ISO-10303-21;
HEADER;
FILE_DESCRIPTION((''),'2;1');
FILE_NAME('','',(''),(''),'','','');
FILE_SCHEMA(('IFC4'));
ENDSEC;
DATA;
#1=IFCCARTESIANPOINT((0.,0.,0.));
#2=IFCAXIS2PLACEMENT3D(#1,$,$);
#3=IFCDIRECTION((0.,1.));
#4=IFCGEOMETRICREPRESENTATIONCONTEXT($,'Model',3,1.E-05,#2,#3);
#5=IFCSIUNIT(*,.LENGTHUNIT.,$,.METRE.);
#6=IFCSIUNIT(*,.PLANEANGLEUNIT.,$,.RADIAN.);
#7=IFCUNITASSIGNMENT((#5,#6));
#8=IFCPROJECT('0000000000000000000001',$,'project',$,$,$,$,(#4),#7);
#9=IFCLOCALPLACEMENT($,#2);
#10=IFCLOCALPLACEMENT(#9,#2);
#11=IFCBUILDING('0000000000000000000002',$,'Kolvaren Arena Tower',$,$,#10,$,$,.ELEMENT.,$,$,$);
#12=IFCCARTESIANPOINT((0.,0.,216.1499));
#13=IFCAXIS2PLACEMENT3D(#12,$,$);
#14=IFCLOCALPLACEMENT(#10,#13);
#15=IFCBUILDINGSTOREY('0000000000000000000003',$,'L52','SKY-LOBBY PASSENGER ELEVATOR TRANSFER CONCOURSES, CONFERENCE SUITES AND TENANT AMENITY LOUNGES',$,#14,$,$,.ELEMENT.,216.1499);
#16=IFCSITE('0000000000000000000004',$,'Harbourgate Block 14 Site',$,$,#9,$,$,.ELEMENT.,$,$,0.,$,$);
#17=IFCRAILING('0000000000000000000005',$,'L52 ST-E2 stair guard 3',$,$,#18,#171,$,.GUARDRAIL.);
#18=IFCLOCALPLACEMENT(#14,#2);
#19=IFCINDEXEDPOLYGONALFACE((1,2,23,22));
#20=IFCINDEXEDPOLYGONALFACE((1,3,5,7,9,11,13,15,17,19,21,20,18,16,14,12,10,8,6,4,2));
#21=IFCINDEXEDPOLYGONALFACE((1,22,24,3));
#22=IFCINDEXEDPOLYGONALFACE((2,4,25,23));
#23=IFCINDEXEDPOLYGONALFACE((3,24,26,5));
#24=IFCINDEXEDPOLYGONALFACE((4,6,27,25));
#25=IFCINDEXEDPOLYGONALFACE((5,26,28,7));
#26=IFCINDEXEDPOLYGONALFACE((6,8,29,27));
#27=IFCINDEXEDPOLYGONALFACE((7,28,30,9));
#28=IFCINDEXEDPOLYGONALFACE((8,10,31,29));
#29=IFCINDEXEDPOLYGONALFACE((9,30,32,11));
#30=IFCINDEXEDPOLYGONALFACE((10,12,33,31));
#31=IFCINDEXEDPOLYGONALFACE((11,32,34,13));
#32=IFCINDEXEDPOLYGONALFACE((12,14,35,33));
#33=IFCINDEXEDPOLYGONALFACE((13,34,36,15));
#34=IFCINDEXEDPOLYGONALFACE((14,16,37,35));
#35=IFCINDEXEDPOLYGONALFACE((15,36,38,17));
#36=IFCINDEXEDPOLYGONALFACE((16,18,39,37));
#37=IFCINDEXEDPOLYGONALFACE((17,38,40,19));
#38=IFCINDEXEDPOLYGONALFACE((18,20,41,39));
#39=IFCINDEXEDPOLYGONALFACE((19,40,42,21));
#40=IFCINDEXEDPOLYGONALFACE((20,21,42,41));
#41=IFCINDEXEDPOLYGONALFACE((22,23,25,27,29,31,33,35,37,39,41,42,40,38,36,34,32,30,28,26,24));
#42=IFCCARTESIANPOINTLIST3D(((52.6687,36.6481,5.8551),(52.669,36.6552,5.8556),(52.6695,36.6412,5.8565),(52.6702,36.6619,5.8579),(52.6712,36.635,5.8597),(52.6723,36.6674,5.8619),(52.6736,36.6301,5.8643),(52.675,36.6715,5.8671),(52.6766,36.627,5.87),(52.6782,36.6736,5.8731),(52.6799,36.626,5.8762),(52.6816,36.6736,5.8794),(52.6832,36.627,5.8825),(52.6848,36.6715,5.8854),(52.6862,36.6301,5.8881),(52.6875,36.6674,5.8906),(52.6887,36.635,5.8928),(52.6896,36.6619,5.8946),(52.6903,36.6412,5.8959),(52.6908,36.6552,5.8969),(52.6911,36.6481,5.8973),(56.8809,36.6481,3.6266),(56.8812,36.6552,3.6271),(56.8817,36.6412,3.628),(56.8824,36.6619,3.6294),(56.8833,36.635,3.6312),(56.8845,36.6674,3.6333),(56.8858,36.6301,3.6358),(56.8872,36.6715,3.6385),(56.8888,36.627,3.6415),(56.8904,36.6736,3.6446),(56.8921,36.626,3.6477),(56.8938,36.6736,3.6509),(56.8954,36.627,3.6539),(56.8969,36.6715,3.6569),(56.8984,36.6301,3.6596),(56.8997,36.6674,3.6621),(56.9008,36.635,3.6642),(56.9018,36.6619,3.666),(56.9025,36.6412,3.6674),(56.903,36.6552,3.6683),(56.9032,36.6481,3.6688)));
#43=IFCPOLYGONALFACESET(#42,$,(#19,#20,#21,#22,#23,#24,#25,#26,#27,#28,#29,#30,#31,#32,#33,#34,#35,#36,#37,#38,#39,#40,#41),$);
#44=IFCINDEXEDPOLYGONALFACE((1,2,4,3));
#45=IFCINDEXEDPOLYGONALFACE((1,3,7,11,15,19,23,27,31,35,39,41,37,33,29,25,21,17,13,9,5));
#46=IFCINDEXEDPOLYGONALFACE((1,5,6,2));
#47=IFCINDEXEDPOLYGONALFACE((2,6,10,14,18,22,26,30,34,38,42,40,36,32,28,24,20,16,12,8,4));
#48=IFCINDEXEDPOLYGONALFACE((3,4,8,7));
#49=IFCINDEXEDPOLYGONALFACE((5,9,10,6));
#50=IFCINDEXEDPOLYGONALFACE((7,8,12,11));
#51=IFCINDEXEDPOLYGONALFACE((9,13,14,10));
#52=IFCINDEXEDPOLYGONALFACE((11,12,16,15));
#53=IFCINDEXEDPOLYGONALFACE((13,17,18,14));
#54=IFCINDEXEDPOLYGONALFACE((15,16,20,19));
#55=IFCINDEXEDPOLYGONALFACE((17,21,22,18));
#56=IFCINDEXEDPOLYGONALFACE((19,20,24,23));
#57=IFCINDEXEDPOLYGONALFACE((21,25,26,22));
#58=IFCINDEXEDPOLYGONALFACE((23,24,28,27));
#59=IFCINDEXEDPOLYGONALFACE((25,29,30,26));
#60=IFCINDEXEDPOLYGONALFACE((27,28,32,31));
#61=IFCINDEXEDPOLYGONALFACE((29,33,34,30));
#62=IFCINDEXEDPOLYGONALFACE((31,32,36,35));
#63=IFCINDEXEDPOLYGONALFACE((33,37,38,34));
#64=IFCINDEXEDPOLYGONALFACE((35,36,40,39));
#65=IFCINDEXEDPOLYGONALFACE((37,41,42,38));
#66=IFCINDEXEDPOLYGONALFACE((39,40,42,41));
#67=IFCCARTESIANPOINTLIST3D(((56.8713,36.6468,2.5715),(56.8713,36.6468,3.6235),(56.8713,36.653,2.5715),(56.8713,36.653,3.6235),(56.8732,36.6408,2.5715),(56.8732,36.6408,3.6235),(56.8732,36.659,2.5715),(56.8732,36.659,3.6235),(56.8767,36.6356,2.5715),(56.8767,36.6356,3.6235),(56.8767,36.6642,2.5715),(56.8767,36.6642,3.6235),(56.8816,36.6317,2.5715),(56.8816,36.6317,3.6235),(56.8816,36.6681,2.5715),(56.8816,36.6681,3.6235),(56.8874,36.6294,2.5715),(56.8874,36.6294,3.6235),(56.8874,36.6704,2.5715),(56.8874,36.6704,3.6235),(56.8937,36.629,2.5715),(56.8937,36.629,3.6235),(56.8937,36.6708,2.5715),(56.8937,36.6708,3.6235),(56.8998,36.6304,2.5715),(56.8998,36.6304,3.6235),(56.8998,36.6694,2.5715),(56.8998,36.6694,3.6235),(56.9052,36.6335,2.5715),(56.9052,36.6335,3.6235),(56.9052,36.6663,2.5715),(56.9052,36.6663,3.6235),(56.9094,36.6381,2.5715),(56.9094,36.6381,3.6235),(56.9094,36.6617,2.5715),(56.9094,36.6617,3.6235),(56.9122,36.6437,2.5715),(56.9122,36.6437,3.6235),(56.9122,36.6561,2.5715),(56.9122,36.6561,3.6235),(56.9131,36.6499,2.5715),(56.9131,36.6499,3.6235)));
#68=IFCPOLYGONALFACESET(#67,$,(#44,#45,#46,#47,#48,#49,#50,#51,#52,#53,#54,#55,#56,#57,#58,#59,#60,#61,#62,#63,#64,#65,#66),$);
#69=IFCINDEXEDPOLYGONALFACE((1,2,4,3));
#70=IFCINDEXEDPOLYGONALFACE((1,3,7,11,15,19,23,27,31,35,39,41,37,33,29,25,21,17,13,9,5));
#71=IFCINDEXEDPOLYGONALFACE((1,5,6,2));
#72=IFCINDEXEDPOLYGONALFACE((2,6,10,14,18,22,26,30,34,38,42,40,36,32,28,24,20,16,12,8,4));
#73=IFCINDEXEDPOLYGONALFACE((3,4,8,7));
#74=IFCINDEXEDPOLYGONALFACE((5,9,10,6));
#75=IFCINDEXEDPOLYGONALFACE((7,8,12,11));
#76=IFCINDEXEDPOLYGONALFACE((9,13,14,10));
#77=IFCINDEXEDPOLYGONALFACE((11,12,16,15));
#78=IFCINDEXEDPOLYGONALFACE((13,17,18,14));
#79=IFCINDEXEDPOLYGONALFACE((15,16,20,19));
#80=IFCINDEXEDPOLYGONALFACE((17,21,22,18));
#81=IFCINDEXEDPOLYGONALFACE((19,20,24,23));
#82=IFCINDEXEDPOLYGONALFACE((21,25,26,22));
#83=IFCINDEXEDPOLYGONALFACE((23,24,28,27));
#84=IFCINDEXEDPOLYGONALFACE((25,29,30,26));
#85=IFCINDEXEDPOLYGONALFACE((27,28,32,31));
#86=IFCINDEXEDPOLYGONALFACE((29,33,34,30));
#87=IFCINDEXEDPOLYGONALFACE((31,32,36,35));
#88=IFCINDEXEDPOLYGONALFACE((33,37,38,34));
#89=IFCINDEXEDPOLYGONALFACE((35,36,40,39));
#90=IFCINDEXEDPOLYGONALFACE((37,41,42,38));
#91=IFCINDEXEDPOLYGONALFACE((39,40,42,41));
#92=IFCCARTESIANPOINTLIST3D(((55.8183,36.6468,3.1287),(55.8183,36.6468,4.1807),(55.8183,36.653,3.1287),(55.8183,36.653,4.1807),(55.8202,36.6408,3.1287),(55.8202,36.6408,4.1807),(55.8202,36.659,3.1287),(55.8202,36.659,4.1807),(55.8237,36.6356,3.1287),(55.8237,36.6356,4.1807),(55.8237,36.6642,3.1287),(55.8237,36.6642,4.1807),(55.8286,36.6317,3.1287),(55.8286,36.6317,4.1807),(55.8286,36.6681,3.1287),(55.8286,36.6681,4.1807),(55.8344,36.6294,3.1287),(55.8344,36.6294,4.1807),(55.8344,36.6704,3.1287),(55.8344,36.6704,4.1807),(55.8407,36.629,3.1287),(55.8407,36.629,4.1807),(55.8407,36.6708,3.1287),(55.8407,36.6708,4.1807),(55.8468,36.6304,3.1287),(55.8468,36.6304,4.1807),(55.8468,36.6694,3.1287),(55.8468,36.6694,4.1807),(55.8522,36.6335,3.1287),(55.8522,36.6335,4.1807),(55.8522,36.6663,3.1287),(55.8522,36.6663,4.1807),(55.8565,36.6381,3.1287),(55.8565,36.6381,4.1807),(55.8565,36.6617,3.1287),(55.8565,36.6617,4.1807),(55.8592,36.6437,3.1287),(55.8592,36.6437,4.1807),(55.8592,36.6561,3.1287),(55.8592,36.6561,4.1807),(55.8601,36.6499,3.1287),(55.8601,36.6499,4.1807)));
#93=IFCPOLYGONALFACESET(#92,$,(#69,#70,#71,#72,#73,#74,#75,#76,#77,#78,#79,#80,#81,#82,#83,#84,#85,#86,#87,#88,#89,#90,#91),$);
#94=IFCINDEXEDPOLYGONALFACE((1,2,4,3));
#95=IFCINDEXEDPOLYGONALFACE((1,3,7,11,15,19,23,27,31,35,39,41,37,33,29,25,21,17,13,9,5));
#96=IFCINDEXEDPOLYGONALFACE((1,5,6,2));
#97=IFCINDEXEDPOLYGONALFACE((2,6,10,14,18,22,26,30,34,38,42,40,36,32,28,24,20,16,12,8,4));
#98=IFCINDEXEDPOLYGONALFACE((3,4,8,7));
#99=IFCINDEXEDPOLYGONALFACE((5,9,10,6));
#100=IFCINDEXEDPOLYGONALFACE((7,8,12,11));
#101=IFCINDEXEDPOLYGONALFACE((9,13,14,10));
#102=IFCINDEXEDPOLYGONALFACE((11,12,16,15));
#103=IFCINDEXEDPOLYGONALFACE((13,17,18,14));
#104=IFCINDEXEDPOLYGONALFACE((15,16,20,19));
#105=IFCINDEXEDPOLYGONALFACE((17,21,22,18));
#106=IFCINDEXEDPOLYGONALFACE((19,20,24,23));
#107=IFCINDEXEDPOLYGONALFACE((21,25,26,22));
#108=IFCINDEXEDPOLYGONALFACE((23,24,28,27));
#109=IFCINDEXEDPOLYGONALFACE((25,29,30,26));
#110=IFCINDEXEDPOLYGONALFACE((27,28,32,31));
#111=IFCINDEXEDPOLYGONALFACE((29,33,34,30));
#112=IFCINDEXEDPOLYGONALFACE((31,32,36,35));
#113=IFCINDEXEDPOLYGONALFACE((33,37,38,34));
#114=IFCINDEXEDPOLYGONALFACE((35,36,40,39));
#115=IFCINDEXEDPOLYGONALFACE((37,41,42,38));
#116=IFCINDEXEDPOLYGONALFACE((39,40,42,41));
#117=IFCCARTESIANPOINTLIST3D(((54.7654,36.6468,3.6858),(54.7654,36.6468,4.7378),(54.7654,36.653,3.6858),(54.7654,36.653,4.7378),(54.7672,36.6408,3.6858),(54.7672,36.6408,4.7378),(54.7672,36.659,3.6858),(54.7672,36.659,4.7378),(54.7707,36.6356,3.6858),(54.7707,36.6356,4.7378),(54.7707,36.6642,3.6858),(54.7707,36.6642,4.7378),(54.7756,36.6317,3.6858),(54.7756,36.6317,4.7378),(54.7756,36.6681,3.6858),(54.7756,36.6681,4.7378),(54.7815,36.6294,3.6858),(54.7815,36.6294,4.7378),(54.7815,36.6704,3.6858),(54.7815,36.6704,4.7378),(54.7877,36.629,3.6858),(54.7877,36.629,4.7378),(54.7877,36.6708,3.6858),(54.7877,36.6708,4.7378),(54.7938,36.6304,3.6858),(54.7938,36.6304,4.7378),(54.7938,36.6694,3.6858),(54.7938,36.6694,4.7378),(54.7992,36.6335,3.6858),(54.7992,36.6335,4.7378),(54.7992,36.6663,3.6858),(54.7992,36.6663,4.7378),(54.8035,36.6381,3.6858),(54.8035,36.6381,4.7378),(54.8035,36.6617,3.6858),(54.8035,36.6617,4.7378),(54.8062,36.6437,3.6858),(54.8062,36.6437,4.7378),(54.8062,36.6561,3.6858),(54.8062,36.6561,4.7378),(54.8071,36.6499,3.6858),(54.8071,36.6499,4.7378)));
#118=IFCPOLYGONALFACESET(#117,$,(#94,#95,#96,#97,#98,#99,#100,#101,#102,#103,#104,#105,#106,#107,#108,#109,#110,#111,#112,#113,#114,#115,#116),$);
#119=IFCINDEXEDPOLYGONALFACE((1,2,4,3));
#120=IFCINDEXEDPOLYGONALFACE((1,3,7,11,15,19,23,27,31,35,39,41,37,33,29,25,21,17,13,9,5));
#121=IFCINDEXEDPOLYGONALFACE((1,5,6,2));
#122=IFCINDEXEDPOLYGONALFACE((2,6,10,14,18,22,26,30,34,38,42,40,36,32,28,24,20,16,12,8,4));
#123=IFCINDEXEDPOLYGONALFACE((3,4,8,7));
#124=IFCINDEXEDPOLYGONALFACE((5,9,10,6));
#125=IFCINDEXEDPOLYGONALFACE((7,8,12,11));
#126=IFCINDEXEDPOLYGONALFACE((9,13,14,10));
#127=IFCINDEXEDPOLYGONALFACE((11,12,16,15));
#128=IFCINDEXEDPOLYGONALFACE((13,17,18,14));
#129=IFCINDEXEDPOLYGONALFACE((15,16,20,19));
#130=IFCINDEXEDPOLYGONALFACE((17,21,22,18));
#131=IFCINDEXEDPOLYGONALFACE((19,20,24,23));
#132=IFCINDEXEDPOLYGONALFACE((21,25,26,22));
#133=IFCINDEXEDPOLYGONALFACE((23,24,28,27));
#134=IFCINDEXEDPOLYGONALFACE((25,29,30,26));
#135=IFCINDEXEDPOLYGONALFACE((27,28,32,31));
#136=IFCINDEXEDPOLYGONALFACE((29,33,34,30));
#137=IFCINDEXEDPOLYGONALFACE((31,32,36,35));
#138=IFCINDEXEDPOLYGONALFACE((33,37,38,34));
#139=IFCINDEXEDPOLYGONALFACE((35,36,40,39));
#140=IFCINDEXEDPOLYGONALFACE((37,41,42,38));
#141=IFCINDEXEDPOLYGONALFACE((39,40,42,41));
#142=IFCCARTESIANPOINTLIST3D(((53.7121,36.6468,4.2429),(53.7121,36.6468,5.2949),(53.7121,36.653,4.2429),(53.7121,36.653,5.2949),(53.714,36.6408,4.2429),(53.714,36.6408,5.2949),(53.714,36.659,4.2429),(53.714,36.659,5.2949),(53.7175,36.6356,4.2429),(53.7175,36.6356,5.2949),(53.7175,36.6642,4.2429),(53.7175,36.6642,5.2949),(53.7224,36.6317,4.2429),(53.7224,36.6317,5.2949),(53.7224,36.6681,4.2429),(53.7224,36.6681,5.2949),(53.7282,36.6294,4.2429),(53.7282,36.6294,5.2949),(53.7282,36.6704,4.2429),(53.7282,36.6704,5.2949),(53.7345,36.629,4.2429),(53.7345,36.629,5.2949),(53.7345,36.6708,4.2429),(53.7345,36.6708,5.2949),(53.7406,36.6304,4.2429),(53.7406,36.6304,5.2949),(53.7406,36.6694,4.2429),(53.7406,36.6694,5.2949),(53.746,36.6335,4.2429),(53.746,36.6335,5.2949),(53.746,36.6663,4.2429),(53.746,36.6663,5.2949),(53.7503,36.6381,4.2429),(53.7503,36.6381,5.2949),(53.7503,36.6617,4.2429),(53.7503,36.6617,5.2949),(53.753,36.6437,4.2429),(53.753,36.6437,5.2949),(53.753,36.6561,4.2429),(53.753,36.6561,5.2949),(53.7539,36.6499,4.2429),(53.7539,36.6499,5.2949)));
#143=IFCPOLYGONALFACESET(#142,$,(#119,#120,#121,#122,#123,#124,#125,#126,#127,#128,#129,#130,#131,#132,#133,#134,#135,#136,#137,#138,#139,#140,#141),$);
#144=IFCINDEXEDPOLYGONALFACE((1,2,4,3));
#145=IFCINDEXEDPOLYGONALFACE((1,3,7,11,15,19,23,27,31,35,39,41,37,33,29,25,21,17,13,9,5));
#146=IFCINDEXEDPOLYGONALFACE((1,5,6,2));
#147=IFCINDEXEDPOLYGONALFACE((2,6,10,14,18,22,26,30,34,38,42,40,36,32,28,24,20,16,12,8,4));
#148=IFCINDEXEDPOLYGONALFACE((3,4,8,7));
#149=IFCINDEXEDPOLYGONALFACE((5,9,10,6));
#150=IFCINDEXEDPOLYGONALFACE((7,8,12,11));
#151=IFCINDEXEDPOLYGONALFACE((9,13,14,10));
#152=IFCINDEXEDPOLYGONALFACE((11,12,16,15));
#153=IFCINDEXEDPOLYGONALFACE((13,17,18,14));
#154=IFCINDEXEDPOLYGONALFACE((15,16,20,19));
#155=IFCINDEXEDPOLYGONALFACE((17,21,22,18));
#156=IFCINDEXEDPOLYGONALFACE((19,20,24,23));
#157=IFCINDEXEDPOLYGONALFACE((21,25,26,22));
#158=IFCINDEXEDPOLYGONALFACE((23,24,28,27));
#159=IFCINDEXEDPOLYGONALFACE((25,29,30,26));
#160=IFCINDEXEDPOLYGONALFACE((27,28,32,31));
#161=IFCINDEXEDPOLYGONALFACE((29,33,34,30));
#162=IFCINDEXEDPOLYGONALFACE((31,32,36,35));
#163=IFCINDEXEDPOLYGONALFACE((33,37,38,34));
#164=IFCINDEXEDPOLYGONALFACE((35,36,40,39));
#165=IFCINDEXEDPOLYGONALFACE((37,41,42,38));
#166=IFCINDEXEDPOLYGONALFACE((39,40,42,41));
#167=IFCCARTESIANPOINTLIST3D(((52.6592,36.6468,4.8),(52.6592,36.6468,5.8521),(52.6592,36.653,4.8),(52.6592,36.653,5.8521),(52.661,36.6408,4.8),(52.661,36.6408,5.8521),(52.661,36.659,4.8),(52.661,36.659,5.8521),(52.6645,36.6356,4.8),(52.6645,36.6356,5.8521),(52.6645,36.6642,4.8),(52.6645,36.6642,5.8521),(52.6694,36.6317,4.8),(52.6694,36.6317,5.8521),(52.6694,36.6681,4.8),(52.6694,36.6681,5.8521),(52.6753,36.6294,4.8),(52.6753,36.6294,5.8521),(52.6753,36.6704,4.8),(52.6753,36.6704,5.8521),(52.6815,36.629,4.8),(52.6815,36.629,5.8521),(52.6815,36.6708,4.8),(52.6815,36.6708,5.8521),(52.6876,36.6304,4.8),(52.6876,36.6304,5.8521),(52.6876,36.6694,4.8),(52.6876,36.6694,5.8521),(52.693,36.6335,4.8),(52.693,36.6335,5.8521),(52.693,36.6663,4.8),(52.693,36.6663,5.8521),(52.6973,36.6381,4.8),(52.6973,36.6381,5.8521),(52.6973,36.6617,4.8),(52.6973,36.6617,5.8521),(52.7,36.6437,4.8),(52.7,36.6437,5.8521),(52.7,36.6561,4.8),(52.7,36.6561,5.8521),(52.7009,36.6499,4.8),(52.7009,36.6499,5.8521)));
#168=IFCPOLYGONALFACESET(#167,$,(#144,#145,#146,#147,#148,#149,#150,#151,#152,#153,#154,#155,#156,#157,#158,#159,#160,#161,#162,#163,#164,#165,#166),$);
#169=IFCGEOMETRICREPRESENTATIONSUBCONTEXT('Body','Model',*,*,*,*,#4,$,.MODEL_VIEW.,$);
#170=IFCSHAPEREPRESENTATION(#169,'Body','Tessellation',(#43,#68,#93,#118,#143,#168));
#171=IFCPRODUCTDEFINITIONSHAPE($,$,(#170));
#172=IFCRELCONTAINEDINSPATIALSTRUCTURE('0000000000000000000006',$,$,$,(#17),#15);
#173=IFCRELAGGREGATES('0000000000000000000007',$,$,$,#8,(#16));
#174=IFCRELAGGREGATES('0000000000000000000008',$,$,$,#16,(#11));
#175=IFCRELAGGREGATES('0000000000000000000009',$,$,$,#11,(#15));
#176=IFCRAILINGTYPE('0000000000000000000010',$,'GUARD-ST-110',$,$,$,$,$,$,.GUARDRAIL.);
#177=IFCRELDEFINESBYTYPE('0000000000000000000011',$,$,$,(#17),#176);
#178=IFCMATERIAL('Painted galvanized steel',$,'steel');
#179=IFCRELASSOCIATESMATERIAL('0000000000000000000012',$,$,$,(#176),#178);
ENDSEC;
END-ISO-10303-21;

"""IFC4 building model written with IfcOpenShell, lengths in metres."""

from ifc_helpers import new_model, si_unit, direction, frame, origin, origin_2d, place, context, subcontext, project, spatial, circle, extrude, material, type_object, element, save


model = new_model("IFC4")

# Units and contexts
model_context = context("Model", 3, precision=1e-05, world=origin(), true_north=direction((0.0, 1.0)))
body_context = subcontext(model_context, "Body", "Model", "MODEL_VIEW")
ifc_project = project(units=[si_unit("LENGTHUNIT", "METRE"), si_unit("PLANEANGLEUNIT", "RADIAN")], contexts=[model_context])

# Site, building, storey
site_placement = place(None, origin())
site = spatial("IfcSite", under=ifc_project, at=site_placement, Name="Harbourgate Block 14 Site", CompositionType="ELEMENT", RefElevation=0.0)
building_placement = place(site_placement, origin())
building = spatial("IfcBuilding", under=site, at=building_placement, Name="Kolvaren Arena Tower", CompositionType="ELEMENT")
storey_placement = place(building_placement, frame((0.0, 0.0, 216.1499)))
storey = spatial("IfcBuildingStorey", under=building, at=storey_placement, Name="L52", Description="SKY-LOBBY PASSENGER ELEVATOR TRANSFER CONCOURSES, CONFERENCE SUITES AND TENANT AMENITY LOUNGES", CompositionType="ELEMENT", Elevation=216.1499)

# Railing
ifc_material_1 = material(Name="Painted galvanized steel", Category="steel")
railing_type_1 = type_object("IfcRailingType", Name="GUARD-ST-110", PredefinedType="GUARDRAIL", material=ifc_material_1)
railing_1_placement = place(storey_placement, frame((56.8921, 36.6499, 2.5715)))
element("IfcRailing", 1, at=railing_1_placement, inside=storey, type_object=railing_type_1, Name="L52 ST-E2 stair guard 3", PredefinedType="GUARDRAIL", context=body_context, shape_type="SweptSolid", body=[
    extrude(circle(Radius=0.0239, at=origin_2d()), frame((0.0, 0.0, 1.0762), z_axis=(-0.883914, 0.0, 0.46765), x_axis=(0.0, -1.0, 0.0)), (0.0, 0.0, 1.0), 4.7654),
    extrude(circle(Radius=0.021, at=origin_2d()), origin(), (0.0, 0.0, 1.0), 1.052),
    extrude(circle(Radius=0.021, at=origin_2d()), frame((-1.053, 0.0, 0.5571)), (0.0, 0.0, 1.0), 1.052),
    extrude(circle(Radius=0.021, at=origin_2d()), frame((-2.106, 0.0, 1.1143)), (0.0, 0.0, 1.0), 1.052),
    extrude(circle(Radius=0.021, at=origin_2d()), frame((-3.1592, 0.0, 1.6714)), (0.0, 0.0, 1.0), 1.052),
    extrude(circle(Radius=0.021, at=origin_2d()), frame((-4.2122, 0.0, 2.2285)), (0.0, 0.0, 1.0), 1.052),
])

save(model, "model.ifc")
